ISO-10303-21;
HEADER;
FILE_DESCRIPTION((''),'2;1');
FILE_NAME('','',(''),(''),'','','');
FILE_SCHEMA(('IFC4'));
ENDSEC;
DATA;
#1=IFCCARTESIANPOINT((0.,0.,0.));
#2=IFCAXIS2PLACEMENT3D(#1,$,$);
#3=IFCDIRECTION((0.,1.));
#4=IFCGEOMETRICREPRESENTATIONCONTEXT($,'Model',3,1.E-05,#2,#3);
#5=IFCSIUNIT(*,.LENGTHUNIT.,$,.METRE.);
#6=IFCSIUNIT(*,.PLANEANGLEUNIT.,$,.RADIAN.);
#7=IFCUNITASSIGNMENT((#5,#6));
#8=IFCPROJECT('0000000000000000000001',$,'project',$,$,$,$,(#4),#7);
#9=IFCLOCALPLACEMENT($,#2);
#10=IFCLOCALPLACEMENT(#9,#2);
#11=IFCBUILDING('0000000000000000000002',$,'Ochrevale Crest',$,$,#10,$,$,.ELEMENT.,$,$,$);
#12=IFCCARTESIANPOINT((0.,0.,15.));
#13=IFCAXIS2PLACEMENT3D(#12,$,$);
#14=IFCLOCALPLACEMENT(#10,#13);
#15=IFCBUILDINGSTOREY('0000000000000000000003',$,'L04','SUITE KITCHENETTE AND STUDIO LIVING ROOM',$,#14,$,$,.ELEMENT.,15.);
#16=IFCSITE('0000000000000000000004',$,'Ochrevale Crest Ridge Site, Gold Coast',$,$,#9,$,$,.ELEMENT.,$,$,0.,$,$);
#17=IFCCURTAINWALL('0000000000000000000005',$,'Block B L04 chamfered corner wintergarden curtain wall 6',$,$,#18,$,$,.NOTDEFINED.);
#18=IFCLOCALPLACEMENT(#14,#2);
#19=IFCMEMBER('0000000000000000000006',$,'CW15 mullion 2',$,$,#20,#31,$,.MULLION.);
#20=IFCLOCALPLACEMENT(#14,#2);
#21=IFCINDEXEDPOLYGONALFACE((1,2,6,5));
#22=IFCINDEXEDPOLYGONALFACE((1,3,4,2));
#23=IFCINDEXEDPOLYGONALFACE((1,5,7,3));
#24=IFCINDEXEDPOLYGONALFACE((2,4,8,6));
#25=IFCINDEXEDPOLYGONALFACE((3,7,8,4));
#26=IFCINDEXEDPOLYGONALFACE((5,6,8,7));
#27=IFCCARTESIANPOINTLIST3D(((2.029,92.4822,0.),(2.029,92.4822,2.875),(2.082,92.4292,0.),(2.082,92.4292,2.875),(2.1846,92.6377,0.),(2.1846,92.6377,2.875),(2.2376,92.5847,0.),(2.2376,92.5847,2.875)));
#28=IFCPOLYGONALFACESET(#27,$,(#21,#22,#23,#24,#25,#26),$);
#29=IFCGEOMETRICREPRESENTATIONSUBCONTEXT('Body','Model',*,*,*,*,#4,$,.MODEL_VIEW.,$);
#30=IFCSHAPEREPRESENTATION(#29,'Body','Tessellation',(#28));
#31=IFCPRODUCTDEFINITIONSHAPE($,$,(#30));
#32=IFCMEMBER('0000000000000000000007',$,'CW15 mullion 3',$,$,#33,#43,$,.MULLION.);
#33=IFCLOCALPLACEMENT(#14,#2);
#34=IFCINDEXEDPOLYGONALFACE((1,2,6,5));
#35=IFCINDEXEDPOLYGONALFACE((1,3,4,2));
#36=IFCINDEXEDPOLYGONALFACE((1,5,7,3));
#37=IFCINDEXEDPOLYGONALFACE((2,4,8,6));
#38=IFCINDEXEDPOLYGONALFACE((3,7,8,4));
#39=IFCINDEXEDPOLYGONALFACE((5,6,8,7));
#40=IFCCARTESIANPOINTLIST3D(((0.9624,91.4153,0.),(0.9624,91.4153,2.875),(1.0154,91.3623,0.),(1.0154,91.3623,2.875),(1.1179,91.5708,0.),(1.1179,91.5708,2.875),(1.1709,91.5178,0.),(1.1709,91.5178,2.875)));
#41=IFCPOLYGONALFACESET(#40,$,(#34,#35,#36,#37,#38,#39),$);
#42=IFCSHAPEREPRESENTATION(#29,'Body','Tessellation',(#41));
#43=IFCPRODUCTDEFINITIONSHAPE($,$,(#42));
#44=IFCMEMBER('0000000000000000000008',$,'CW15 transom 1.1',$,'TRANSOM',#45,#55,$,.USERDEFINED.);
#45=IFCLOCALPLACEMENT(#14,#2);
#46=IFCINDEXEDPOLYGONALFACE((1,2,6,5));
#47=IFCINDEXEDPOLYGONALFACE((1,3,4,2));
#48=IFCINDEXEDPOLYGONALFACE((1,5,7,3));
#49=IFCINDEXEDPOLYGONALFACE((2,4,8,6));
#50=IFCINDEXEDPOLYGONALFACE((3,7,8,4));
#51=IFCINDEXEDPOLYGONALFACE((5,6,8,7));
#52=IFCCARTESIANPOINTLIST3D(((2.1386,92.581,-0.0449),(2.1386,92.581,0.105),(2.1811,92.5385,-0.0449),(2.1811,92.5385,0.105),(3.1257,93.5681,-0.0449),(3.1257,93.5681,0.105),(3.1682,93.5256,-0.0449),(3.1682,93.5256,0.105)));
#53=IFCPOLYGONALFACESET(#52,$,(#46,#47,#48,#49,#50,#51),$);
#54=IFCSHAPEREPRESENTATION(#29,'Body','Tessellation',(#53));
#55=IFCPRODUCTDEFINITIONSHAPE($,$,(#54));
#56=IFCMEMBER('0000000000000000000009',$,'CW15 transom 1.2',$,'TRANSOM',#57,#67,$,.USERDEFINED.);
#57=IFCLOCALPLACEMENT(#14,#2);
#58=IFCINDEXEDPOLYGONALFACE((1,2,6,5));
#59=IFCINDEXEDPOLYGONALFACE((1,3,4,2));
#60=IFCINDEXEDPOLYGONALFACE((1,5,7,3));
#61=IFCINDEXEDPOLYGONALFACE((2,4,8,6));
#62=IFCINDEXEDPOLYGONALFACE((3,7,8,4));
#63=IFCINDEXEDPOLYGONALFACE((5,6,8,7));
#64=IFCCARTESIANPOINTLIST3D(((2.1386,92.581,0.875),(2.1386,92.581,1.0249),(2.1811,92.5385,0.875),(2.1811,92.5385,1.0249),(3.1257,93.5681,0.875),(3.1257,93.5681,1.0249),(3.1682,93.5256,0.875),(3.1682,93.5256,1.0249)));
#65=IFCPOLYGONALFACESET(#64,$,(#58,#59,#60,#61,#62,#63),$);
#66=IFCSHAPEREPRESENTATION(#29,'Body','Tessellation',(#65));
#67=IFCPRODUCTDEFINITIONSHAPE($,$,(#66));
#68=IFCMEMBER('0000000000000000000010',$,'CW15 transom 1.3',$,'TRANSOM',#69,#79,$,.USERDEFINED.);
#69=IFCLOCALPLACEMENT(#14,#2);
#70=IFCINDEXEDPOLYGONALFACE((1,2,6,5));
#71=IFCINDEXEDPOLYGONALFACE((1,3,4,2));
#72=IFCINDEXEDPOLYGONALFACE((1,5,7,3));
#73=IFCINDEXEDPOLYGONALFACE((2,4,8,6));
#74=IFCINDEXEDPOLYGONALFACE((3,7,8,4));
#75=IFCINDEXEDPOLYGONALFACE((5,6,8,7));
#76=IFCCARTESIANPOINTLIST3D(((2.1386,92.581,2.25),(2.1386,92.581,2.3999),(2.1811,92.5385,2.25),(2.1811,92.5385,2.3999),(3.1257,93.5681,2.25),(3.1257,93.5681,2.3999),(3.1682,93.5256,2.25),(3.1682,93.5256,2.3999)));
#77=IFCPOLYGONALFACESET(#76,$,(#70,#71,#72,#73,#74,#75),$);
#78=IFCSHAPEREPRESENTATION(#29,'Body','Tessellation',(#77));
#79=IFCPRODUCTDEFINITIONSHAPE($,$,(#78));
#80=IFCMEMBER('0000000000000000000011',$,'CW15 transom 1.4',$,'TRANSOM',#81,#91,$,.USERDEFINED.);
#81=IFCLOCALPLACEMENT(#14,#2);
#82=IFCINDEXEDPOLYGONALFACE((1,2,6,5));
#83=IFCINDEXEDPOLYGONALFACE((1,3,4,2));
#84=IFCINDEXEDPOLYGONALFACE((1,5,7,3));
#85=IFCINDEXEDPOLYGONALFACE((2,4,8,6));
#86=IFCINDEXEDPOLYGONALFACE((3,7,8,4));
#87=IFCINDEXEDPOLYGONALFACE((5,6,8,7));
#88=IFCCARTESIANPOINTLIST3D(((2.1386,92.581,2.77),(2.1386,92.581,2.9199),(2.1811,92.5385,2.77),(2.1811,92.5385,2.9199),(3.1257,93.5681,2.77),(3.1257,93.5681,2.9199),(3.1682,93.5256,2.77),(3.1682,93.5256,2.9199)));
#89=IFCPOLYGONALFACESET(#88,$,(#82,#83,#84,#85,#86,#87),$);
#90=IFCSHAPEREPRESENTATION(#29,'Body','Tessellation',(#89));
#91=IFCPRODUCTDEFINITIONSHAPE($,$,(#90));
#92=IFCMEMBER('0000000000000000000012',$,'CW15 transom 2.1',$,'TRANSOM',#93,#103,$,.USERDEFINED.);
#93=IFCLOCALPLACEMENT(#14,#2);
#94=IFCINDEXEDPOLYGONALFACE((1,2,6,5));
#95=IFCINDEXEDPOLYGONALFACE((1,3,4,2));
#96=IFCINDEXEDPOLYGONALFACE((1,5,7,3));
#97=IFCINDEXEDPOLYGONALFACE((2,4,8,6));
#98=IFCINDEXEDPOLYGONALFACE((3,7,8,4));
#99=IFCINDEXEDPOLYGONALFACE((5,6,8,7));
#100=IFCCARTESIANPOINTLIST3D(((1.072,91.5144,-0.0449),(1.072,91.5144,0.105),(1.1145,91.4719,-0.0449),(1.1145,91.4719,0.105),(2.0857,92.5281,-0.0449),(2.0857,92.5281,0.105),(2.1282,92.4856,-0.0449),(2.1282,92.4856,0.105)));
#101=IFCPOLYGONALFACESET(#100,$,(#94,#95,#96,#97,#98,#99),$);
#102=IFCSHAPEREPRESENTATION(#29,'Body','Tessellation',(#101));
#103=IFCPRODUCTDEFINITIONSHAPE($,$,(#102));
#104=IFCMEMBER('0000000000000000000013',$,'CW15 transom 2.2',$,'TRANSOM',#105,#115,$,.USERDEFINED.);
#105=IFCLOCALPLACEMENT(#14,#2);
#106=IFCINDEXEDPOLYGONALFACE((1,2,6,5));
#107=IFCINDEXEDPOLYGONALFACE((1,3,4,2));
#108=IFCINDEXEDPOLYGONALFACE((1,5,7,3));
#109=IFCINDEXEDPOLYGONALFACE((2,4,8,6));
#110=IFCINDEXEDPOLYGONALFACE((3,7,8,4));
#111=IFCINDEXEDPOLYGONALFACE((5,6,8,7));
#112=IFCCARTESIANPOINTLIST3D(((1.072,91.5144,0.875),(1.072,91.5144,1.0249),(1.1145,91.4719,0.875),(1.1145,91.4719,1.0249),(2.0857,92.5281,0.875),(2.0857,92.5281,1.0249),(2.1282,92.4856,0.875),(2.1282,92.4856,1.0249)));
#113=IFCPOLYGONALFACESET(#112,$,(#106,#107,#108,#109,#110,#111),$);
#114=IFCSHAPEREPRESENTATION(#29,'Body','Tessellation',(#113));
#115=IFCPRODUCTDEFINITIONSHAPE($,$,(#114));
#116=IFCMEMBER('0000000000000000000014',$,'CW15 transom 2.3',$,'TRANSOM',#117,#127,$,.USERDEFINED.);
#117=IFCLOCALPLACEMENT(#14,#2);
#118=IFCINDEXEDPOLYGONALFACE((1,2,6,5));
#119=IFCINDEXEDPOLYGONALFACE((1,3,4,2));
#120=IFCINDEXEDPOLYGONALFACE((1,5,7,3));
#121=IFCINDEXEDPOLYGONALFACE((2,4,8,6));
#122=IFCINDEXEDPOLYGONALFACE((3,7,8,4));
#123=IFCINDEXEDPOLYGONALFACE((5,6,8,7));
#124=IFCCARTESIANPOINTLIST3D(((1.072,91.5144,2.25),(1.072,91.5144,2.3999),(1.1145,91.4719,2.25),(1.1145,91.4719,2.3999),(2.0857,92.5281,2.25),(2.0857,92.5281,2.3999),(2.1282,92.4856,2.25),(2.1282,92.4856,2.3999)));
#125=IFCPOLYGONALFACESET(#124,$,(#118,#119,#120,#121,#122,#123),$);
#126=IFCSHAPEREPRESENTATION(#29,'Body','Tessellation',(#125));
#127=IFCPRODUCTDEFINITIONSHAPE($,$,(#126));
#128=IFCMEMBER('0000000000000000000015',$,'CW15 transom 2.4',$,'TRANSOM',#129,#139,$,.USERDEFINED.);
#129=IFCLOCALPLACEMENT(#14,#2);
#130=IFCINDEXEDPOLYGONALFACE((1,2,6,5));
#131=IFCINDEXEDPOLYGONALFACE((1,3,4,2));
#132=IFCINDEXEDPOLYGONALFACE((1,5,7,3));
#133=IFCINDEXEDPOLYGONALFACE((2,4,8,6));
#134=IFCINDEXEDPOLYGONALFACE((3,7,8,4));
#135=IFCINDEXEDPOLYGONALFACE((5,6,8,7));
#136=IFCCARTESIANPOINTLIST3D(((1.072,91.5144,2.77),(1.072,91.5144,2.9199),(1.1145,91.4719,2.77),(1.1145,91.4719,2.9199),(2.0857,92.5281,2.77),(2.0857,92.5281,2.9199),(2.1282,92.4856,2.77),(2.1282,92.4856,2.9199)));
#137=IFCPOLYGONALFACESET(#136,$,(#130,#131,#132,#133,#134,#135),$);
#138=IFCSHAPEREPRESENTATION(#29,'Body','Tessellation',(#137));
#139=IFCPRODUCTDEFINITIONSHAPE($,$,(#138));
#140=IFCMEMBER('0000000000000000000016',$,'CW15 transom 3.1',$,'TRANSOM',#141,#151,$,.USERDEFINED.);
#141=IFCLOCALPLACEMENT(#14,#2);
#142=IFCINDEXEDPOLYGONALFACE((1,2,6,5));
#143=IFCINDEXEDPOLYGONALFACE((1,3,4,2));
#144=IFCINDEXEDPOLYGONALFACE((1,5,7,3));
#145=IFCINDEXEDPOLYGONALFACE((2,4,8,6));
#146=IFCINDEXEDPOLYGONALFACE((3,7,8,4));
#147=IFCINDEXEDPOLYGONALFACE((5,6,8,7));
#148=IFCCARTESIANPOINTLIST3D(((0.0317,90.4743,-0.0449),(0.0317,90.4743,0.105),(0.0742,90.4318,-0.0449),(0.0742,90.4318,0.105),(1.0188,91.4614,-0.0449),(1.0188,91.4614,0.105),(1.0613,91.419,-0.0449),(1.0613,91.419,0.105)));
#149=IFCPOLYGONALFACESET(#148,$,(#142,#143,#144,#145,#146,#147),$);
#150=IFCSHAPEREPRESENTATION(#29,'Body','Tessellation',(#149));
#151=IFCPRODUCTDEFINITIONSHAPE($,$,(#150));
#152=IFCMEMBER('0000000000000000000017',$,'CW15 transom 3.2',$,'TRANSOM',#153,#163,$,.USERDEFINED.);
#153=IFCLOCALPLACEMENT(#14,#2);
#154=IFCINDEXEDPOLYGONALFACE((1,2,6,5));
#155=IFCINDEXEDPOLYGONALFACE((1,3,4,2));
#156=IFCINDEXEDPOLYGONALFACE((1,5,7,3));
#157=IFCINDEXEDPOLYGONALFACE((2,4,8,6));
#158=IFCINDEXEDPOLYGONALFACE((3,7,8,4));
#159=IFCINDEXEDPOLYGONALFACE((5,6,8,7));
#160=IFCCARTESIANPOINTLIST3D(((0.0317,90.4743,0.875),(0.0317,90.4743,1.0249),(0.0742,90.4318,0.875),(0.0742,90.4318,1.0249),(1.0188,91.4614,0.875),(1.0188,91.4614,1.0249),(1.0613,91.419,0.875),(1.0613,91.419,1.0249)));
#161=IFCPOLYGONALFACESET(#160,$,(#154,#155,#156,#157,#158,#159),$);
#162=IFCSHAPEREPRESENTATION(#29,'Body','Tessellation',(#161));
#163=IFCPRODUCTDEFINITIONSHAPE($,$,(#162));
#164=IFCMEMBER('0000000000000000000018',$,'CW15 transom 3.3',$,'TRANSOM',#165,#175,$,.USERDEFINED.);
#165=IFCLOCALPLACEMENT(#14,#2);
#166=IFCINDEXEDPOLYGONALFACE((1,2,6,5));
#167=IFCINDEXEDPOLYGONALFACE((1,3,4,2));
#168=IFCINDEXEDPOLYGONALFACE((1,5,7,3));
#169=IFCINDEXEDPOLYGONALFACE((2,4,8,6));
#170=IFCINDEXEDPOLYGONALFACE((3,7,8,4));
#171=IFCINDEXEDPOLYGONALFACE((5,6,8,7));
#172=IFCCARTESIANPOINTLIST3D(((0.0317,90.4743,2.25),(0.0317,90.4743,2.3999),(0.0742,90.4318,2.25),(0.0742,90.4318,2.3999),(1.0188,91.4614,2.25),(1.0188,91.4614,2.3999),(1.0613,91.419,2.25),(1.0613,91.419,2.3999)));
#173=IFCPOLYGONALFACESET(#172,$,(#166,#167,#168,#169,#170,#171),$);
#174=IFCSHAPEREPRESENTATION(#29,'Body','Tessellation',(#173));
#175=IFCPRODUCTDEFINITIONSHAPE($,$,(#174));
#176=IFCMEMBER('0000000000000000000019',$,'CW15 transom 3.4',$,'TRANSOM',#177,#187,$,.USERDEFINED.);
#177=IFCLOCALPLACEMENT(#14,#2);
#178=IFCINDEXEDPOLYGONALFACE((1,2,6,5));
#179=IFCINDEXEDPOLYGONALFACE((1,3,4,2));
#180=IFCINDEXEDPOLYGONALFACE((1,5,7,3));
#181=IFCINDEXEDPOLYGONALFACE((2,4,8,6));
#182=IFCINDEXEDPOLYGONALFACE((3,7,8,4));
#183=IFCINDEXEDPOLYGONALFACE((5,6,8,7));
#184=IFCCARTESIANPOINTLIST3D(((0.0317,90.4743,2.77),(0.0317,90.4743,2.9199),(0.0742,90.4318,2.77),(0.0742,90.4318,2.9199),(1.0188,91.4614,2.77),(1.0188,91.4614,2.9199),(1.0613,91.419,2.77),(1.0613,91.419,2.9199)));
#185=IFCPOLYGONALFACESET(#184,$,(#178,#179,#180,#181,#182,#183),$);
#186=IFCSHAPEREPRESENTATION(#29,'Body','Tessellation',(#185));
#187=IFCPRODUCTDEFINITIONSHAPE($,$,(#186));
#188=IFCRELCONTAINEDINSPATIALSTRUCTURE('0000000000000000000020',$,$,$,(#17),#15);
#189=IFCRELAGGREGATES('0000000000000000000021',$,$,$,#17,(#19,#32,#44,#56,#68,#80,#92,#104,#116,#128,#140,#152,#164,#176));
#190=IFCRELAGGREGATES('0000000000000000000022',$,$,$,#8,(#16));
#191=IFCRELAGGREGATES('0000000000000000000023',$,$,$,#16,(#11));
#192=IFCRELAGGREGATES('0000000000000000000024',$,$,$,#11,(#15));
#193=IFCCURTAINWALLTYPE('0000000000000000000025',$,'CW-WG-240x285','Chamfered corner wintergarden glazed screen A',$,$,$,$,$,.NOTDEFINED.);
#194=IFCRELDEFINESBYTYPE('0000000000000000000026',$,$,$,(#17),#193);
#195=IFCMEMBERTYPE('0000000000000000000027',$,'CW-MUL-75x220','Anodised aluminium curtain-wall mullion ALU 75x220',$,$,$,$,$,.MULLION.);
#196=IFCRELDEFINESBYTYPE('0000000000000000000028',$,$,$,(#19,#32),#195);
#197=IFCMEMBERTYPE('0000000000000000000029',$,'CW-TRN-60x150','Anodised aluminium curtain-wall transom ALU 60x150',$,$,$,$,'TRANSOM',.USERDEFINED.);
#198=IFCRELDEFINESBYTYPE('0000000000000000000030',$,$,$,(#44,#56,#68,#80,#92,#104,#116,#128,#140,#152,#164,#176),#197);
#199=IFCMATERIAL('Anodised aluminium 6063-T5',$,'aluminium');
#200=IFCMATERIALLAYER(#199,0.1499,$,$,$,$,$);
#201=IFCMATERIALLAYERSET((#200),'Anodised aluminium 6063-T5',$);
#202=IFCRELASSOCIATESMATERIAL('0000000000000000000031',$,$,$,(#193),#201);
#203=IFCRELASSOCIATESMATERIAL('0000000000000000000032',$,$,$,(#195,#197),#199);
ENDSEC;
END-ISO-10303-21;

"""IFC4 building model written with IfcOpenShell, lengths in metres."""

from ifc_helpers import new_model, si_unit, direction, frame, origin, origin_2d, place, context, subcontext, project, spatial, rectangle, extrude, material, layer, layer_set, material_profile, profile_set, type_object, element, aggregate, save


model = new_model("IFC4")

# Units and contexts
model_context = context("Model", 3, precision=1e-05, world=origin(), true_north=direction((0.0, 1.0)))
body_context = subcontext(model_context, "Body", "Model", "MODEL_VIEW")
ifc_project = project(units=[si_unit("LENGTHUNIT", "METRE"), si_unit("PLANEANGLEUNIT", "RADIAN")], contexts=[model_context])

# Site, building, storey
site_placement = place(None, origin())
site = spatial("IfcSite", under=ifc_project, at=site_placement, Name="Ochrevale Crest Ridge Site, Gold Coast", CompositionType="ELEMENT", RefElevation=0.0)
building_placement = place(site_placement, origin())
building = spatial("IfcBuilding", under=site, at=building_placement, Name="Ochrevale Crest", CompositionType="ELEMENT")
storey_placement = place(building_placement, frame((0.0, 0.0, 15.0)))
storey = spatial("IfcBuildingStorey", under=building, at=storey_placement, Name="L04", Description="SUITE KITCHENETTE AND STUDIO LIVING ROOM", CompositionType="ELEMENT", Elevation=15.0)

# Curtain wall, members
ifc_material_1 = material(Name="Anodised aluminium 6063-T5", Category="aluminium")
ifc_layer_1 = layer(ifc_material_1, 0.1499)
ifc_layer_set_1 = layer_set([ifc_layer_1], Name="Anodised aluminium 6063-T5")
curtain_wall_type = type_object("IfcCurtainWallType", Name="CW-WG-240x285", Description="Chamfered corner wintergarden glazed screen A", PredefinedType="NOTDEFINED", material=ifc_layer_set_1)
curtain_wall_placement = place(storey_placement, origin())
curtain_wall = element("IfcCurtainWall", 1, at=curtain_wall_placement, inside=storey, type_object=curtain_wall_type, Name="Block B L04 chamfered corner wintergarden curtain wall 6", PredefinedType="NOTDEFINED")
ifc_material_profile_1 = material_profile(ifc_material_1, rectangle(XDim=0.075, YDim=0.22, at=origin_2d()), Name="ALU 75x220")
ifc_profile_set_1 = profile_set([ifc_material_profile_1], Name="Anodised aluminium 6063-T5")
member_type_1 = type_object("IfcMemberType", Name="CW-MUL-75x220", Description="Anodised aluminium curtain-wall mullion ALU 75x220", PredefinedType="MULLION", material=ifc_profile_set_1)
member_1_placement = place(storey_placement, frame((2.1333, 92.5334, 0.0), z_axis=(0.0, 0.0, 1.0), x_axis=(0.707107, -0.707107, 0.0)))
member_1 = element("IfcMember", 2, at=member_1_placement, type_object=member_type_1, Name="CW15 mullion 2", PredefinedType="MULLION", context=body_context, shape_type="SweptSolid", body=[
    extrude(rectangle(XDim=0.075, YDim=0.22, at=origin_2d()), origin(), (0.0, 0.0, 1.0), 2.875),
])
member_2_placement = place(storey_placement, frame((1.0667, 91.4666, 0.0), z_axis=(0.0, 0.0, 1.0), x_axis=(0.707107, -0.707107, 0.0)))
member_2 = element("IfcMember", 3, at=member_2_placement, type_object=member_type_1, Name="CW15 mullion 3", PredefinedType="MULLION", context=body_context, shape_type="SweptSolid", body=[
    extrude(rectangle(XDim=0.075, YDim=0.22, at=origin_2d()), origin(), (0.0, 0.0, 1.0), 2.875),
])
ifc_material_profile_2 = material_profile(ifc_material_1, rectangle(XDim=0.0601, YDim=0.1499, at=origin_2d()), Name="ALU 60x150")
ifc_profile_set_2 = profile_set([ifc_material_profile_2], Name="Anodised aluminium 6063-T5")
member_type_2 = type_object("IfcMemberType", Name="CW-TRN-60x150", Description="Anodised aluminium curtain-wall transom ALU 60x150", ElementType="TRANSOM", PredefinedType="USERDEFINED", material=ifc_profile_set_2)
member_3_placement = place(storey_placement, frame((3.147, 93.5469, 0.03), z_axis=(-0.707107, -0.707107, 0.0), x_axis=(0.707107, -0.707107, 0.0)))
member_3 = element("IfcMember", 4, at=member_3_placement, type_object=member_type_2, Name="CW15 transom 1.1", ObjectType="TRANSOM", PredefinedType="USERDEFINED", context=body_context, shape_type="SweptSolid", body=[
    extrude(rectangle(XDim=0.0601, YDim=0.1499, at=origin_2d()), origin(), (0.0, 0.0, 1.0), 1.396),
])
member_4_placement = place(storey_placement, frame((3.147, 93.5469, 0.95), z_axis=(-0.707107, -0.707107, 0.0), x_axis=(0.707107, -0.707107, 0.0)))
member_4 = element("IfcMember", 5, at=member_4_placement, type_object=member_type_2, Name="CW15 transom 1.2", ObjectType="TRANSOM", PredefinedType="USERDEFINED", context=body_context, shape_type="SweptSolid", body=[
    extrude(rectangle(XDim=0.0601, YDim=0.1499, at=origin_2d()), origin(), (0.0, 0.0, 1.0), 1.396),
])
member_5_placement = place(storey_placement, frame((3.147, 93.5469, 2.325), z_axis=(-0.707107, -0.707107, 0.0), x_axis=(0.707107, -0.707107, 0.0)))
member_5 = element("IfcMember", 6, at=member_5_placement, type_object=member_type_2, Name="CW15 transom 1.3", ObjectType="TRANSOM", PredefinedType="USERDEFINED", context=body_context, shape_type="SweptSolid", body=[
    extrude(rectangle(XDim=0.0601, YDim=0.1499, at=origin_2d()), origin(), (0.0, 0.0, 1.0), 1.396),
])
member_6_placement = place(storey_placement, frame((3.147, 93.5469, 2.845), z_axis=(-0.707107, -0.707107, 0.0), x_axis=(0.707107, -0.707107, 0.0)))
member_6 = element("IfcMember", 7, at=member_6_placement, type_object=member_type_2, Name="CW15 transom 1.4", ObjectType="TRANSOM", PredefinedType="USERDEFINED", context=body_context, shape_type="SweptSolid", body=[
    extrude(rectangle(XDim=0.0601, YDim=0.1499, at=origin_2d()), origin(), (0.0, 0.0, 1.0), 1.396),
])
member_7_placement = place(storey_placement, frame((2.1069, 92.5068, 0.03), z_axis=(-0.707107, -0.707107, 0.0), x_axis=(0.707107, -0.707107, 0.0)))
member_7 = element("IfcMember", 8, at=member_7_placement, type_object=member_type_2, Name="CW15 transom 2.1", ObjectType="TRANSOM", PredefinedType="USERDEFINED", context=body_context, shape_type="SweptSolid", body=[
    extrude(rectangle(XDim=0.0601, YDim=0.1499, at=origin_2d()), origin(), (0.0, 0.0, 1.0), 1.4336),
])
member_8_placement = place(storey_placement, frame((2.1069, 92.5068, 0.95), z_axis=(-0.707107, -0.707107, 0.0), x_axis=(0.707107, -0.707107, 0.0)))
member_8 = element("IfcMember", 9, at=member_8_placement, type_object=member_type_2, Name="CW15 transom 2.2", ObjectType="TRANSOM", PredefinedType="USERDEFINED", context=body_context, shape_type="SweptSolid", body=[
    extrude(rectangle(XDim=0.0601, YDim=0.1499, at=origin_2d()), origin(), (0.0, 0.0, 1.0), 1.4336),
])
member_9_placement = place(storey_placement, frame((2.1069, 92.5068, 2.325), z_axis=(-0.707107, -0.707107, 0.0), x_axis=(0.707107, -0.707107, 0.0)))
member_9 = element("IfcMember", 10, at=member_9_placement, type_object=member_type_2, Name="CW15 transom 2.3", ObjectType="TRANSOM", PredefinedType="USERDEFINED", context=body_context, shape_type="SweptSolid", body=[
    extrude(rectangle(XDim=0.0601, YDim=0.1499, at=origin_2d()), origin(), (0.0, 0.0, 1.0), 1.4336),
])
member_10_placement = place(storey_placement, frame((2.1069, 92.5068, 2.845), z_axis=(-0.707107, -0.707107, 0.0), x_axis=(0.707107, -0.707107, 0.0)))
member_10 = element("IfcMember", 11, at=member_10_placement, type_object=member_type_2, Name="CW15 transom 2.4", ObjectType="TRANSOM", PredefinedType="USERDEFINED", context=body_context, shape_type="SweptSolid", body=[
    extrude(rectangle(XDim=0.0601, YDim=0.1499, at=origin_2d()), origin(), (0.0, 0.0, 1.0), 1.4336),
])
member_11_placement = place(storey_placement, frame((1.04, 91.4402, 0.03), z_axis=(-0.707107, -0.707107, 0.0), x_axis=(0.707107, -0.707107, 0.0)))
member_11 = element("IfcMember", 12, at=member_11_placement, type_object=member_type_2, Name="CW15 transom 3.1", ObjectType="TRANSOM", PredefinedType="USERDEFINED", context=body_context, shape_type="SweptSolid", body=[
    extrude(rectangle(XDim=0.0601, YDim=0.1499, at=origin_2d()), origin(), (0.0, 0.0, 1.0), 1.396),
])
member_12_placement = place(storey_placement, frame((1.04, 91.4402, 0.95), z_axis=(-0.707107, -0.707107, 0.0), x_axis=(0.707107, -0.707107, 0.0)))
member_12 = element("IfcMember", 13, at=member_12_placement, type_object=member_type_2, Name="CW15 transom 3.2", ObjectType="TRANSOM", PredefinedType="USERDEFINED", context=body_context, shape_type="SweptSolid", body=[
    extrude(rectangle(XDim=0.0601, YDim=0.1499, at=origin_2d()), origin(), (0.0, 0.0, 1.0), 1.396),
])
member_13_placement = place(storey_placement, frame((1.04, 91.4402, 2.325), z_axis=(-0.707107, -0.707107, 0.0), x_axis=(0.707107, -0.707107, 0.0)))
member_13 = element("IfcMember", 14, at=member_13_placement, type_object=member_type_2, Name="CW15 transom 3.3", ObjectType="TRANSOM", PredefinedType="USERDEFINED", context=body_context, shape_type="SweptSolid", body=[
    extrude(rectangle(XDim=0.0601, YDim=0.1499, at=origin_2d()), origin(), (0.0, 0.0, 1.0), 1.396),
])
member_14_placement = place(storey_placement, frame((1.04, 91.4402, 2.845), z_axis=(-0.707107, -0.707107, 0.0), x_axis=(0.707107, -0.707107, 0.0)))
member_14 = element("IfcMember", 15, at=member_14_placement, type_object=member_type_2, Name="CW15 transom 3.4", ObjectType="TRANSOM", PredefinedType="USERDEFINED", context=body_context, shape_type="SweptSolid", body=[
    extrude(rectangle(XDim=0.0601, YDim=0.1499, at=origin_2d()), origin(), (0.0, 0.0, 1.0), 1.396),
])
aggregate(curtain_wall, [member_1, member_2, member_3, member_4, member_5, member_6, member_7, member_8, member_9, member_10, member_11, member_12, member_13, member_14])

save(model, "model.ifc")
